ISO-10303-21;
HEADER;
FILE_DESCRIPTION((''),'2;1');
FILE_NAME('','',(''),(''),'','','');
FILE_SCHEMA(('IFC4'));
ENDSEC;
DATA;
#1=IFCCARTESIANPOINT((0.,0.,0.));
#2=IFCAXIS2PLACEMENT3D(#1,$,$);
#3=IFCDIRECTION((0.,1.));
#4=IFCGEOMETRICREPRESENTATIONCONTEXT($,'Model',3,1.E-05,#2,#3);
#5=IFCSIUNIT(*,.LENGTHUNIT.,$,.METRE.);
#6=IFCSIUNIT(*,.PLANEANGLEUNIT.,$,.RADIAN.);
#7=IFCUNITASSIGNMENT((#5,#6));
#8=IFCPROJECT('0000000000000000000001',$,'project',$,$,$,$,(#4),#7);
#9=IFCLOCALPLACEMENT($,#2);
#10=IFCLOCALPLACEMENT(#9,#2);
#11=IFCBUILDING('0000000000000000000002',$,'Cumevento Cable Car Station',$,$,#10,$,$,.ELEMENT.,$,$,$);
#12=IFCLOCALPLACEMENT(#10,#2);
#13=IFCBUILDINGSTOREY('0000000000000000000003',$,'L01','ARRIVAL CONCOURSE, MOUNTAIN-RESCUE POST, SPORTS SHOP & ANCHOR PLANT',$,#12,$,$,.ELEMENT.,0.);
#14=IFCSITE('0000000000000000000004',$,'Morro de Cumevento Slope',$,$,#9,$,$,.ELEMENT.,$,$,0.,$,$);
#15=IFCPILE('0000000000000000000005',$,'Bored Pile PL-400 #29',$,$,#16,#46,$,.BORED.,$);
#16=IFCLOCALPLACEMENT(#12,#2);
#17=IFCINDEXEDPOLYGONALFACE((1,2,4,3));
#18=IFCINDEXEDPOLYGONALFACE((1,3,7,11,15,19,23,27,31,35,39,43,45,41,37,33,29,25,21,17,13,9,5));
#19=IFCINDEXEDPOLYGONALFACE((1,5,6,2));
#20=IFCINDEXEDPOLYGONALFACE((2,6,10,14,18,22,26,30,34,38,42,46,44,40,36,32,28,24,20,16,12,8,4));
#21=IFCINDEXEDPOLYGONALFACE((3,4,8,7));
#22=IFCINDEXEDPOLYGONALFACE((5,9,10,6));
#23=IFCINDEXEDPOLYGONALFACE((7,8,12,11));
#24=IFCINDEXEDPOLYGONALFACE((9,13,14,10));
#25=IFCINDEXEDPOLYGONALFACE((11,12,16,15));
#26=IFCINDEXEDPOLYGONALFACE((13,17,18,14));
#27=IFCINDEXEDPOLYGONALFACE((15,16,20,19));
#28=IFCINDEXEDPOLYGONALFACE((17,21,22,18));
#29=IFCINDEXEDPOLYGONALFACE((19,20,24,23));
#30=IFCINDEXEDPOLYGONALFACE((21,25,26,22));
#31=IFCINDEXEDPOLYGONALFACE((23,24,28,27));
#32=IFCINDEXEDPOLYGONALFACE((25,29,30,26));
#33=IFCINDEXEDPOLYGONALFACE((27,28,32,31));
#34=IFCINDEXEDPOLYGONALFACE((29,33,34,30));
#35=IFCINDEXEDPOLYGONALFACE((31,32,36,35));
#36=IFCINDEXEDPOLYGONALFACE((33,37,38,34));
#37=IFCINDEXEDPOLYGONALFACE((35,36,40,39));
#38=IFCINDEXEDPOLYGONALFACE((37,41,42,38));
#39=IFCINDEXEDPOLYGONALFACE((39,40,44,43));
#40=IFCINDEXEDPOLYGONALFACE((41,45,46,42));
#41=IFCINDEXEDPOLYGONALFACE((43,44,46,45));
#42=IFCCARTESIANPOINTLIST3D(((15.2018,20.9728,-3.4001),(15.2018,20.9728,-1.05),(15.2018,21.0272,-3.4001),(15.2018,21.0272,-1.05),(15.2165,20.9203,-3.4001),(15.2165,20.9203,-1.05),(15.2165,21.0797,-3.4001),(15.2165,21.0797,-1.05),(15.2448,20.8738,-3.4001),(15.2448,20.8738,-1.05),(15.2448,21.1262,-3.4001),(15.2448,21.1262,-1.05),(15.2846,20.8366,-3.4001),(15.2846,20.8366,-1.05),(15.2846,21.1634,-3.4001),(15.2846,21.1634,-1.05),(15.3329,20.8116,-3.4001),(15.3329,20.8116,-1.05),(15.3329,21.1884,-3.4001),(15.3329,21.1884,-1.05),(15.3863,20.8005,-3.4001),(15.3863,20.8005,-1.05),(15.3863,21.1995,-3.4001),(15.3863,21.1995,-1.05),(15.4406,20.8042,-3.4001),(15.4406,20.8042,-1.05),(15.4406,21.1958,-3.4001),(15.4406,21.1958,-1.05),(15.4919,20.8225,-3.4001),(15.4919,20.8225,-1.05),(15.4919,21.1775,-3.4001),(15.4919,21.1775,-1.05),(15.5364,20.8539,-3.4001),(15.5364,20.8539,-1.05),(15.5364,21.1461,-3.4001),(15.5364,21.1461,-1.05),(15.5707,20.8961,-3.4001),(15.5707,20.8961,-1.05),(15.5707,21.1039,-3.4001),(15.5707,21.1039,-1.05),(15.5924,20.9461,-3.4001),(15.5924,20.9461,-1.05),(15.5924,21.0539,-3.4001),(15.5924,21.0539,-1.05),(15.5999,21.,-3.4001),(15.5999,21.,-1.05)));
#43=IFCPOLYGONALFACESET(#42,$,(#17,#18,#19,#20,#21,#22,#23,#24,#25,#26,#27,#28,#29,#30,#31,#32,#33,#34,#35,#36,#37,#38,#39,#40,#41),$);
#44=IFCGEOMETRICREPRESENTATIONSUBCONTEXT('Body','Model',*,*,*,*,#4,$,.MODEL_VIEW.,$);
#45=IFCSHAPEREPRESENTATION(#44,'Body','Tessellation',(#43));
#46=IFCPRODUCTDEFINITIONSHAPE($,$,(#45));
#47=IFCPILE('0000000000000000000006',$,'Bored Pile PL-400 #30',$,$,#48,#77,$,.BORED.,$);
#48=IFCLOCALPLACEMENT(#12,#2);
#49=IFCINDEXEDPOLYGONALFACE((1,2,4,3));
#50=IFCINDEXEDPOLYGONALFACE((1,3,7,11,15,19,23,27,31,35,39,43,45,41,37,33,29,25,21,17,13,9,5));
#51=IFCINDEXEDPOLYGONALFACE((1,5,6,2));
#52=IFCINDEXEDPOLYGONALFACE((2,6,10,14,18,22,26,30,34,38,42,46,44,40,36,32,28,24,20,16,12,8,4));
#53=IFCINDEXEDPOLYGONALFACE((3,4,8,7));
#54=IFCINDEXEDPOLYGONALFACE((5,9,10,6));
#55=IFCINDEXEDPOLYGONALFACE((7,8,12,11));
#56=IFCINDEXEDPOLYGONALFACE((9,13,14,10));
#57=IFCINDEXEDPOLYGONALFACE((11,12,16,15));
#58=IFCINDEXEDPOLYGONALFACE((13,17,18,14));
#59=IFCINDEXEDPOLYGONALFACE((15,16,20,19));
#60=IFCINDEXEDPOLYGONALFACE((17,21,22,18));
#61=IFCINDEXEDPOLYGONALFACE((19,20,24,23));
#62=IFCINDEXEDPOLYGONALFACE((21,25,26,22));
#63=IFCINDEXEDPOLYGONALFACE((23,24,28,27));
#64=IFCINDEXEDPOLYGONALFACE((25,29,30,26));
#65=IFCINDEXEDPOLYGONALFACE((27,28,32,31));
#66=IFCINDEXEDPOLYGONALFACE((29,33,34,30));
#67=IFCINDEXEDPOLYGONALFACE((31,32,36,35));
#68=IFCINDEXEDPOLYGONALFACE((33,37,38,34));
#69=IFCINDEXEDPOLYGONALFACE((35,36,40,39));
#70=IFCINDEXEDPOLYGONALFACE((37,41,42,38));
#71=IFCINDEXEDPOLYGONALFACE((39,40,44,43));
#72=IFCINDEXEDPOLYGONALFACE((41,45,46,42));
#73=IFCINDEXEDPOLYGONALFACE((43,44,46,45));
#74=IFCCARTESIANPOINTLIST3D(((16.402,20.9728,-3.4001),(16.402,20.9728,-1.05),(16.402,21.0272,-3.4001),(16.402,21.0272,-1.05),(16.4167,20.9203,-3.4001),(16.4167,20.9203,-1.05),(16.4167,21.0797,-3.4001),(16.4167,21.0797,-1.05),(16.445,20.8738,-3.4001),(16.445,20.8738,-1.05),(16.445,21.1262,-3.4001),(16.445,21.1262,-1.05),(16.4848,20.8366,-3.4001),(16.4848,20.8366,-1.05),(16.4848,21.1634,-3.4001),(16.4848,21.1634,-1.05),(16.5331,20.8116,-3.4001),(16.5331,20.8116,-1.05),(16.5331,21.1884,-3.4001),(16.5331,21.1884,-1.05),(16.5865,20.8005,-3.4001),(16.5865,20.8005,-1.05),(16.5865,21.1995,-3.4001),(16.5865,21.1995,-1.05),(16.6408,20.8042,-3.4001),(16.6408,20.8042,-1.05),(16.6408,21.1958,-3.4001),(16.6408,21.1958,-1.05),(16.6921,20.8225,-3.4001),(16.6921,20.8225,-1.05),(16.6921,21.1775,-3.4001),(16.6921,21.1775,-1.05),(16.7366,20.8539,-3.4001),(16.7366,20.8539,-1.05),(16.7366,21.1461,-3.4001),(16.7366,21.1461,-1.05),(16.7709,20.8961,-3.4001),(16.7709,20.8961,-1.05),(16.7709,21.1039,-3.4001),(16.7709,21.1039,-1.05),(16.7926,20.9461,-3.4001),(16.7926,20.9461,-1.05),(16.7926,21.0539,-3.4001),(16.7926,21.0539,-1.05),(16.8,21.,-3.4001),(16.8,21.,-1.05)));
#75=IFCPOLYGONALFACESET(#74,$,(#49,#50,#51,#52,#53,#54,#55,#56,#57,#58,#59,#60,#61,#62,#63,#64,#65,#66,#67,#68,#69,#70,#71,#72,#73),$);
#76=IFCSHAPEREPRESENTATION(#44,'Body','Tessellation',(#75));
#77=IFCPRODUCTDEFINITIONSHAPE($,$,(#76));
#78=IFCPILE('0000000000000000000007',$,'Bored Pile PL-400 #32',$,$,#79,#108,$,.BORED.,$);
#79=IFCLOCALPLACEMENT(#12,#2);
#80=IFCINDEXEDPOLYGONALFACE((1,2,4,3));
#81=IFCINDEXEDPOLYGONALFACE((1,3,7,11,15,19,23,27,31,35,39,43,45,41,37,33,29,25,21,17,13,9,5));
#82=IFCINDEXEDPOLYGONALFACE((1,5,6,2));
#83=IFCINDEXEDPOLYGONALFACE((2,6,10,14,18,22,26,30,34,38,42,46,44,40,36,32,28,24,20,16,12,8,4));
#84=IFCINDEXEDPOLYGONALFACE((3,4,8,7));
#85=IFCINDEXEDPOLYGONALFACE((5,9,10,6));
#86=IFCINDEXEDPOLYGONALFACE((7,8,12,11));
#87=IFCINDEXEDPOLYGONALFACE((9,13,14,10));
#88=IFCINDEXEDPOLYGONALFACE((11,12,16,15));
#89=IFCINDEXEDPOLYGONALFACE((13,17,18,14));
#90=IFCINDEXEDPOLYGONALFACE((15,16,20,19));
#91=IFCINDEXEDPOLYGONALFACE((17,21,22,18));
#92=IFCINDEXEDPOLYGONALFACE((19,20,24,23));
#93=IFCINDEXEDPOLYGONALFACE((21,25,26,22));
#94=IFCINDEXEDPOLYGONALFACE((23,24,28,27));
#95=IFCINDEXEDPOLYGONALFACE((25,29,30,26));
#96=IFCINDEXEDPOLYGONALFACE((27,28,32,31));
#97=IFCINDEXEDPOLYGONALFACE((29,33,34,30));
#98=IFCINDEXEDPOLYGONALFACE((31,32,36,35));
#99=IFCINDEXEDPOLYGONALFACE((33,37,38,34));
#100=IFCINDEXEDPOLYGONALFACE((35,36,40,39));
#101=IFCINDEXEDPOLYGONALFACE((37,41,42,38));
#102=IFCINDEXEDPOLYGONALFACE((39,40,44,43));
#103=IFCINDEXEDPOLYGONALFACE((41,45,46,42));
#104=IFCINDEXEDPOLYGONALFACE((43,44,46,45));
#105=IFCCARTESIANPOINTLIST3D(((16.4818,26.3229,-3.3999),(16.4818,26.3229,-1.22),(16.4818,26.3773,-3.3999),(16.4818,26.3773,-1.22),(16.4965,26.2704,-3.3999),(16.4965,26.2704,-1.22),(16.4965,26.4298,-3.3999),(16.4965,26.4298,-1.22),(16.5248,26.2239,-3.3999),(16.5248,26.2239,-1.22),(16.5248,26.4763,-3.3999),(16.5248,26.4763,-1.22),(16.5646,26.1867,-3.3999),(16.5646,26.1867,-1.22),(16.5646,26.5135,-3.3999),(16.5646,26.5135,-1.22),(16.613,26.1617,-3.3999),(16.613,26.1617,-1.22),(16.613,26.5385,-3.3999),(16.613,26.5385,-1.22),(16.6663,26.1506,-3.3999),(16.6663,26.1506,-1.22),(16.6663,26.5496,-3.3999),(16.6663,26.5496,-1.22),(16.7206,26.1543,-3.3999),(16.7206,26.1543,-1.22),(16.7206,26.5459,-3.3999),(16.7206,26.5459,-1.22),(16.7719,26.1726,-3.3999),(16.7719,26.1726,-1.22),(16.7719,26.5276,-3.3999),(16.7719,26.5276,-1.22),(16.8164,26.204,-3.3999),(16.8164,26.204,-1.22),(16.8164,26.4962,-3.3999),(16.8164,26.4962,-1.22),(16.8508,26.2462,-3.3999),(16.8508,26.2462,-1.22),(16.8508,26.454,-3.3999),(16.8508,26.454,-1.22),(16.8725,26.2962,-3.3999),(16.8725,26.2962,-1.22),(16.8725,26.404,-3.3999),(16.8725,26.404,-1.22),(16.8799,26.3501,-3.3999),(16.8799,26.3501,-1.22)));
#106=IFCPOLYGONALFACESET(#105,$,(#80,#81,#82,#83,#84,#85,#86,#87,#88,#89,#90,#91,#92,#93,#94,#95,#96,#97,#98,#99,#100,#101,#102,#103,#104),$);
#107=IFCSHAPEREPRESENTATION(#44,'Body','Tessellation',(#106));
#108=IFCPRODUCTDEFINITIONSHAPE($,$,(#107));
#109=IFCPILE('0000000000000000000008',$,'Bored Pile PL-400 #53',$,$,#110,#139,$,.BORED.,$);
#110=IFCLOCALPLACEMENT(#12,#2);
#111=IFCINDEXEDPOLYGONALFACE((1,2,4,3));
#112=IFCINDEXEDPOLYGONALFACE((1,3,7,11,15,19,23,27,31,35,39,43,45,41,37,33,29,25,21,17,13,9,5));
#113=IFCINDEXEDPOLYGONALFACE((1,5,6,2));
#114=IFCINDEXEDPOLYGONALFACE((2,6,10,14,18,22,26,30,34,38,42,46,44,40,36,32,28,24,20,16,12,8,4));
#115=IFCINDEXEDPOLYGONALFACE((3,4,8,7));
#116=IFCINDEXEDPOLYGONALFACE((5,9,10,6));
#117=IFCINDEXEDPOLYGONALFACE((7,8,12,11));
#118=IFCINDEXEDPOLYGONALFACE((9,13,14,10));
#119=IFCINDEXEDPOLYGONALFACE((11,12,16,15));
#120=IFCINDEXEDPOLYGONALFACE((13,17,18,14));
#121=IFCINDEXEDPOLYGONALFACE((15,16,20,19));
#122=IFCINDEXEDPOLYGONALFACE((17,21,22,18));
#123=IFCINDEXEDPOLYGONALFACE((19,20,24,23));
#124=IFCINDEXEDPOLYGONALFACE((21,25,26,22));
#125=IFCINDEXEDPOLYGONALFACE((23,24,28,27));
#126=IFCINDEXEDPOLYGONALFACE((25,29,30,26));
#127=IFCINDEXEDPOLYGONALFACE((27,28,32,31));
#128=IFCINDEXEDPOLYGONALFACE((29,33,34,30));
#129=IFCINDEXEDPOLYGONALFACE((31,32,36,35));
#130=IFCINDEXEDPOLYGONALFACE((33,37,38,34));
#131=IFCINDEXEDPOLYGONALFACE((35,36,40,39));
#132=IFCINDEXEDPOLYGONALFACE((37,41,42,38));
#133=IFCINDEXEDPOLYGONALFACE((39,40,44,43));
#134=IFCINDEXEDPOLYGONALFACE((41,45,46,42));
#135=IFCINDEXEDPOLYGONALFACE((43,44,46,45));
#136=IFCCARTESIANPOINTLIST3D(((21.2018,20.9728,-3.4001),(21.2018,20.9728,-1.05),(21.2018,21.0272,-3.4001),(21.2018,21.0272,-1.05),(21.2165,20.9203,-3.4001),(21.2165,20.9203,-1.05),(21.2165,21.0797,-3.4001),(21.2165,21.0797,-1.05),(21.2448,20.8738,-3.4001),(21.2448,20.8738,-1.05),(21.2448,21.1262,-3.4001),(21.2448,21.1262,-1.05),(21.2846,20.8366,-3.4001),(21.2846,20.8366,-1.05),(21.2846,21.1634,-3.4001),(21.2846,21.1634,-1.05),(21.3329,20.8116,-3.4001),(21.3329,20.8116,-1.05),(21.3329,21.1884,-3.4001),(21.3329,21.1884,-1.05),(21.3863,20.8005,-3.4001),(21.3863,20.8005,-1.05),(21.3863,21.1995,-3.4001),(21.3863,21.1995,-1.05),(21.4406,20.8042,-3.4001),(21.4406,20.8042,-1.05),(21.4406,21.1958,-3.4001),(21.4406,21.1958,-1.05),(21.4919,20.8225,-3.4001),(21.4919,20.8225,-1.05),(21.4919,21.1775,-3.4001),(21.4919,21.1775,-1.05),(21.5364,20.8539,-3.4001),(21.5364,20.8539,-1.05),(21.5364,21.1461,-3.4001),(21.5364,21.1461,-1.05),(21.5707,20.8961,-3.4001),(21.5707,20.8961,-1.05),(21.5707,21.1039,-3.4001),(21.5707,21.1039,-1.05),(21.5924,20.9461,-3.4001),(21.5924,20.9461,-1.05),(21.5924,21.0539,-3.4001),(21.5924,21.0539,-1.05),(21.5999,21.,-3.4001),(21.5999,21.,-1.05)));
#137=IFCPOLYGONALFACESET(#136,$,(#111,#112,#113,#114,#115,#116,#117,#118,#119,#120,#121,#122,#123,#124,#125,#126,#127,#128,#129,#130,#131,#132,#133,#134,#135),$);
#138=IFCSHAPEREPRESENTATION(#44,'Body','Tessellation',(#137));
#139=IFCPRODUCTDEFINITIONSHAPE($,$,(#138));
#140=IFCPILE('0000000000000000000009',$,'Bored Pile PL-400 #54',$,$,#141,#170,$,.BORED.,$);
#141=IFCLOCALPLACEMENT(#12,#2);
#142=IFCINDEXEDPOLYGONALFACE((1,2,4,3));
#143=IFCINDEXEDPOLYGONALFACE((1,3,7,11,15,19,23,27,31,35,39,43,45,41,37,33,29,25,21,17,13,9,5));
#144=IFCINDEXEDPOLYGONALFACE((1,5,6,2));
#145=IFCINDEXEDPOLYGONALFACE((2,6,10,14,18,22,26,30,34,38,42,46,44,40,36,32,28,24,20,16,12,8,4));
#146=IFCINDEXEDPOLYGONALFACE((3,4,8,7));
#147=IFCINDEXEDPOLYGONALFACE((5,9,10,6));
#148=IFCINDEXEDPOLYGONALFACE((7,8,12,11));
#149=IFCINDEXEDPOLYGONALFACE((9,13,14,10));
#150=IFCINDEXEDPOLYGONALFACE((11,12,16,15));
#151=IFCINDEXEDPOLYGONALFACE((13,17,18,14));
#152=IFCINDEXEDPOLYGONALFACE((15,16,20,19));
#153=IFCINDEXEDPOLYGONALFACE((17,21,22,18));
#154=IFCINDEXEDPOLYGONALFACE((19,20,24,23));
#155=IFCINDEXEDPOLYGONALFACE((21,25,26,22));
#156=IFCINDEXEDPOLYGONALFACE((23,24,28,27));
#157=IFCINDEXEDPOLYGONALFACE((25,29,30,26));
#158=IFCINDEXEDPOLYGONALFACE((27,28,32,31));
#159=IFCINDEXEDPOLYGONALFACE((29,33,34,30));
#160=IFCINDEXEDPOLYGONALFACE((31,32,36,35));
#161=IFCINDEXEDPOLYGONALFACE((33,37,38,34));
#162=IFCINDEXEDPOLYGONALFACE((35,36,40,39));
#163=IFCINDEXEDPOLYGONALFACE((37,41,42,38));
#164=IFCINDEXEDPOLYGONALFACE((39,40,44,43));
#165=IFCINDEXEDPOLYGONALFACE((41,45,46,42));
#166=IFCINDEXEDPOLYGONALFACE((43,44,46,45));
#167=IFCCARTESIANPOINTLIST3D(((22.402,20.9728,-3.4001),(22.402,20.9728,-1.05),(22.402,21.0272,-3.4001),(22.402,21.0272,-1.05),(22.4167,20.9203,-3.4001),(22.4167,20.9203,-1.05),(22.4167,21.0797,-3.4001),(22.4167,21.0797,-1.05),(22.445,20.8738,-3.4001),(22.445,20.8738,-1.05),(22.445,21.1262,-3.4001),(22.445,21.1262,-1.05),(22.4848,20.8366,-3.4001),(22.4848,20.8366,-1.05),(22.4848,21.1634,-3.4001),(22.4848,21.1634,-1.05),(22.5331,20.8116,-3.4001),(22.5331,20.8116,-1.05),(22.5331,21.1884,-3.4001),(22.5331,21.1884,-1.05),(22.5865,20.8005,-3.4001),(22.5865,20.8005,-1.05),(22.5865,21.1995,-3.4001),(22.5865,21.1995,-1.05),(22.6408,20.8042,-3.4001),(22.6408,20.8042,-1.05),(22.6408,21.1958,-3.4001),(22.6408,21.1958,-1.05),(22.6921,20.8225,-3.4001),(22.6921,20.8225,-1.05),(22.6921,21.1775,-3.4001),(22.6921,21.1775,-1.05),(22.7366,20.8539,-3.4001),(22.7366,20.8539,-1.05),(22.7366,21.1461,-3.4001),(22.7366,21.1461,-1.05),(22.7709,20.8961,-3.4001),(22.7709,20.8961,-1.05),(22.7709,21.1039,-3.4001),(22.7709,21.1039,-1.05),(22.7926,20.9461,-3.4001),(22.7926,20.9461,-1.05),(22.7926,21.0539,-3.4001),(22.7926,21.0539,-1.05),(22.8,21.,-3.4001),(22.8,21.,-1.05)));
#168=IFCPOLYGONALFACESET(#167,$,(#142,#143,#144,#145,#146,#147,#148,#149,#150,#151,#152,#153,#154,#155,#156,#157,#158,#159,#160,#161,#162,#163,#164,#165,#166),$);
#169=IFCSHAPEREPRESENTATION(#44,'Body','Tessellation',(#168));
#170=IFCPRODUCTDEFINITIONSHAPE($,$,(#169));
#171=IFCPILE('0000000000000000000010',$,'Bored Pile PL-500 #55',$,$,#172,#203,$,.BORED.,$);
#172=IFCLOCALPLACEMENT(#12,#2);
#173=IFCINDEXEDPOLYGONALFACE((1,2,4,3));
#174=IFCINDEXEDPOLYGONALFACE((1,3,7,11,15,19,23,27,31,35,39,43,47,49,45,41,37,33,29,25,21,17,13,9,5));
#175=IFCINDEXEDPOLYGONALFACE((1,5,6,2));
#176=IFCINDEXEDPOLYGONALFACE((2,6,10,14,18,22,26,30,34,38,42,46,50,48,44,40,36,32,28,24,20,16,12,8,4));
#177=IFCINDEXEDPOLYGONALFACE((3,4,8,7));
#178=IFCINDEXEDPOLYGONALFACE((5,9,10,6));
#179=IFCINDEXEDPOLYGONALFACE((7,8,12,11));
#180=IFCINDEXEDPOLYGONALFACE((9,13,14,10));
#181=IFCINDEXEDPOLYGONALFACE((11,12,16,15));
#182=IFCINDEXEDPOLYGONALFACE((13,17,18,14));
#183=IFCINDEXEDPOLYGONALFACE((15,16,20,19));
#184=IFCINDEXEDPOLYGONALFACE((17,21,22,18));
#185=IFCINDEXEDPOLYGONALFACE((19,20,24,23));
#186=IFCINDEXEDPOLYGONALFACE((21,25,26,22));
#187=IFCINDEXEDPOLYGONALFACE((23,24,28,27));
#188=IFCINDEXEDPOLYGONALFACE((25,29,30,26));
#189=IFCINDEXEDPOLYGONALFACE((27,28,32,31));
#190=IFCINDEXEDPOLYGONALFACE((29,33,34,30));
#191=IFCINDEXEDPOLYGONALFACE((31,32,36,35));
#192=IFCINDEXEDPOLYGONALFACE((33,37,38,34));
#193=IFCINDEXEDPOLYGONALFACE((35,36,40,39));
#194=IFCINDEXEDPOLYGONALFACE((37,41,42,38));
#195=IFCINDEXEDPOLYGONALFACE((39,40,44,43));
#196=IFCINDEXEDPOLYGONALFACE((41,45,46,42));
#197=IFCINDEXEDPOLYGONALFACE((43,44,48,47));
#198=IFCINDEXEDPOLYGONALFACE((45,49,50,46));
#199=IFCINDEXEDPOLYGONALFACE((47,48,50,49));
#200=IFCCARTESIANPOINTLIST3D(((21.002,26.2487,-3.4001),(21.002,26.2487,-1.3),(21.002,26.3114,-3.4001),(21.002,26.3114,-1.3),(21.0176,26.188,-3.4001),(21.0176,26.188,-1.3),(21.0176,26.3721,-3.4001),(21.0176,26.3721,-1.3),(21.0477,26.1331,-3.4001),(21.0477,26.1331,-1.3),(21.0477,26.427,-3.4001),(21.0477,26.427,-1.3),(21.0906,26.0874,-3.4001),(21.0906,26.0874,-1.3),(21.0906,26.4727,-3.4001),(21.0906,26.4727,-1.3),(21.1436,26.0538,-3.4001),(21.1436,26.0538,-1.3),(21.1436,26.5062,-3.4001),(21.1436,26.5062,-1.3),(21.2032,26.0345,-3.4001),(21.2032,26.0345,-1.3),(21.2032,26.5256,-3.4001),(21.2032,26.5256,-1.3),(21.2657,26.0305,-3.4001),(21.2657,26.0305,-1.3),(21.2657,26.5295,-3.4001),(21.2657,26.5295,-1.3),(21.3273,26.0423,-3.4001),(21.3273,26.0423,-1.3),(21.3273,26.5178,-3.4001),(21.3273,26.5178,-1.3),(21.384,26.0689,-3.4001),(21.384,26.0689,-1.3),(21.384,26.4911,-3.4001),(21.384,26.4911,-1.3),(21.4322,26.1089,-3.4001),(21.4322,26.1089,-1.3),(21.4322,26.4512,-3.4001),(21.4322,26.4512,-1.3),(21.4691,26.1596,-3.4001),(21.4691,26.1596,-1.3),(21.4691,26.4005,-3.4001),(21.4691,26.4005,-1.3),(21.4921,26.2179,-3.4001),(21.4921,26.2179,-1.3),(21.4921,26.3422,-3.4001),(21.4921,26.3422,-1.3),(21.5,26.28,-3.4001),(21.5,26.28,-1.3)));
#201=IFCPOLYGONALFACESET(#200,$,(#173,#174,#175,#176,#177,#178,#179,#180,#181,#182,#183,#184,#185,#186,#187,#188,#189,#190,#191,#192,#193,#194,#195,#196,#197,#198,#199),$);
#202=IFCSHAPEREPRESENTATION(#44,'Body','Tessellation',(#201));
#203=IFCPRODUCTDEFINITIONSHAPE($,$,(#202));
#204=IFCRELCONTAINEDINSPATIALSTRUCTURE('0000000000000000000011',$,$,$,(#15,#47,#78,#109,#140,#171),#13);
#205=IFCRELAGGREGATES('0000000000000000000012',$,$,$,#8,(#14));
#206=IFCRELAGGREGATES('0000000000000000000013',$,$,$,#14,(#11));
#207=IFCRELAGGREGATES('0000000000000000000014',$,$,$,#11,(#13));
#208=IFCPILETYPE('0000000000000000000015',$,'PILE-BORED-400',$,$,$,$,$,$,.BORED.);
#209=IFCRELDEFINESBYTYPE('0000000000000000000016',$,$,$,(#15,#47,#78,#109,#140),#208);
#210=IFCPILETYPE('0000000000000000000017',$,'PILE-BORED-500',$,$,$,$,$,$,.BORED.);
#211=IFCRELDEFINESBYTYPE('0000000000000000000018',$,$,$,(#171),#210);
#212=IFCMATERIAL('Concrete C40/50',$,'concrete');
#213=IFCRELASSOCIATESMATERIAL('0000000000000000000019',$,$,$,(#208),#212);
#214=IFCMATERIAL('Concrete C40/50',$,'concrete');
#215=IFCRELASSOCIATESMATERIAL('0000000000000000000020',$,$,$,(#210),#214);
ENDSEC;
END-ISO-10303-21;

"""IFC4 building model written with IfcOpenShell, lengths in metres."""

from ifc_helpers import new_model, si_unit, direction, frame, origin, origin_2d, place, context, subcontext, project, spatial, circle, extrude, material, material_profile, profile_set, type_object, element, save


model = new_model("IFC4")

# Units and contexts
model_context = context("Model", 3, precision=1e-05, world=origin(), true_north=direction((0.0, 1.0)))
body_context = subcontext(model_context, "Body", "Model", "MODEL_VIEW")
ifc_project = project(units=[si_unit("LENGTHUNIT", "METRE"), si_unit("PLANEANGLEUNIT", "RADIAN")], contexts=[model_context])

# Site, building, storey
site_placement = place(None, origin())
site = spatial("IfcSite", under=ifc_project, at=site_placement, Name="Morro de Cumevento Slope", CompositionType="ELEMENT", RefElevation=0.0)
building_placement = place(site_placement, origin())
building = spatial("IfcBuilding", under=site, at=building_placement, Name="Cumevento Cable Car Station", CompositionType="ELEMENT")
storey_placement = place(building_placement, origin())
storey = spatial("IfcBuildingStorey", under=building, at=storey_placement, Name="L01", Description="ARRIVAL CONCOURSE, MOUNTAIN-RESCUE POST, SPORTS SHOP & ANCHOR PLANT", CompositionType="ELEMENT", Elevation=0.0)

# Piles
ifc_material_1 = material(Name="Concrete C40/50", Category="concrete")
ifc_material_profile_1 = material_profile(ifc_material_1, circle(Radius=0.2, at=origin_2d()), Name="PILE-D400")
ifc_profile_set_1 = profile_set([ifc_material_profile_1], Name="Concrete C40/50")
pile_type_1 = type_object("IfcPileType", Name="PILE-BORED-400", PredefinedType="BORED", material=ifc_profile_set_1)
for number, where, z_axis, x_axis, name in (
    (1, (15.3999, 21.0, -1.05), (0.0, 0.0, -1.0), (1.0, 0.0, 0.0), "Bored Pile PL-400 #29"),
    (2, (16.6001, 21.0, -1.05), (0.0, 0.0, -1.0), (1.0, 0.0, 0.0), "Bored Pile PL-400 #30"),
):
    element("IfcPile", number, at=place(storey_placement, frame(where, z_axis=z_axis, x_axis=x_axis)), inside=storey, type_object=pile_type_1, Name=name, PredefinedType="BORED", context=body_context, shape_type="SweptSolid", body=[
        extrude(circle(Radius=0.2, at=origin_2d()), origin(), (0.0, 0.0, 1.0), 2.3501),
    ])
pile_placement = place(storey_placement, frame((16.6799, 26.3501, -1.22), z_axis=(0.0, 0.0, -1.0), x_axis=(1.0, 0.0, 0.0)))
element("IfcPile", 3, at=pile_placement, inside=storey, type_object=pile_type_1, Name="Bored Pile PL-400 #32", PredefinedType="BORED", context=body_context, shape_type="SweptSolid", body=[
    extrude(circle(Radius=0.2, at=origin_2d()), origin(), (0.0, 0.0, 1.0), 2.1799),
])
for number, where, z_axis, x_axis, name in (
    (4, (21.3999, 21.0, -1.05), (0.0, 0.0, -1.0), (1.0, 0.0, 0.0), "Bored Pile PL-400 #53"),
    (5, (22.6001, 21.0, -1.05), (0.0, 0.0, -1.0), (1.0, 0.0, 0.0), "Bored Pile PL-400 #54"),
):
    element("IfcPile", number, at=place(storey_placement, frame(where, z_axis=z_axis, x_axis=x_axis)), inside=storey, type_object=pile_type_1, Name=name, PredefinedType="BORED", context=body_context, shape_type="SweptSolid", body=[
        extrude(circle(Radius=0.2, at=origin_2d()), origin(), (0.0, 0.0, 1.0), 2.3501),
    ])
ifc_material_2 = material(Name="Concrete C40/50", Category="concrete")
ifc_material_profile_2 = material_profile(ifc_material_2, circle(Radius=0.25, at=origin_2d()), Name="PILE-D500")
ifc_profile_set_2 = profile_set([ifc_material_profile_2], Name="Concrete C40/50")
pile_type_2 = type_object("IfcPileType", Name="PILE-BORED-500", PredefinedType="BORED", material=ifc_profile_set_2)
for number, where, z_axis, x_axis, name in (
    (6, (21.25, 26.28, -1.3), (0.0, 0.0, -1.0), (1.0, 0.0, 0.0), "Bored Pile PL-500 #55"),
):
    element("IfcPile", number, at=place(storey_placement, frame(where, z_axis=z_axis, x_axis=x_axis)), inside=storey, type_object=pile_type_2, Name=name, PredefinedType="BORED", context=body_context, shape_type="SweptSolid", body=[
        extrude(circle(Radius=0.25, at=origin_2d()), origin(), (0.0, 0.0, 1.0), 2.1001),
    ])

save(model, "model.ifc")
